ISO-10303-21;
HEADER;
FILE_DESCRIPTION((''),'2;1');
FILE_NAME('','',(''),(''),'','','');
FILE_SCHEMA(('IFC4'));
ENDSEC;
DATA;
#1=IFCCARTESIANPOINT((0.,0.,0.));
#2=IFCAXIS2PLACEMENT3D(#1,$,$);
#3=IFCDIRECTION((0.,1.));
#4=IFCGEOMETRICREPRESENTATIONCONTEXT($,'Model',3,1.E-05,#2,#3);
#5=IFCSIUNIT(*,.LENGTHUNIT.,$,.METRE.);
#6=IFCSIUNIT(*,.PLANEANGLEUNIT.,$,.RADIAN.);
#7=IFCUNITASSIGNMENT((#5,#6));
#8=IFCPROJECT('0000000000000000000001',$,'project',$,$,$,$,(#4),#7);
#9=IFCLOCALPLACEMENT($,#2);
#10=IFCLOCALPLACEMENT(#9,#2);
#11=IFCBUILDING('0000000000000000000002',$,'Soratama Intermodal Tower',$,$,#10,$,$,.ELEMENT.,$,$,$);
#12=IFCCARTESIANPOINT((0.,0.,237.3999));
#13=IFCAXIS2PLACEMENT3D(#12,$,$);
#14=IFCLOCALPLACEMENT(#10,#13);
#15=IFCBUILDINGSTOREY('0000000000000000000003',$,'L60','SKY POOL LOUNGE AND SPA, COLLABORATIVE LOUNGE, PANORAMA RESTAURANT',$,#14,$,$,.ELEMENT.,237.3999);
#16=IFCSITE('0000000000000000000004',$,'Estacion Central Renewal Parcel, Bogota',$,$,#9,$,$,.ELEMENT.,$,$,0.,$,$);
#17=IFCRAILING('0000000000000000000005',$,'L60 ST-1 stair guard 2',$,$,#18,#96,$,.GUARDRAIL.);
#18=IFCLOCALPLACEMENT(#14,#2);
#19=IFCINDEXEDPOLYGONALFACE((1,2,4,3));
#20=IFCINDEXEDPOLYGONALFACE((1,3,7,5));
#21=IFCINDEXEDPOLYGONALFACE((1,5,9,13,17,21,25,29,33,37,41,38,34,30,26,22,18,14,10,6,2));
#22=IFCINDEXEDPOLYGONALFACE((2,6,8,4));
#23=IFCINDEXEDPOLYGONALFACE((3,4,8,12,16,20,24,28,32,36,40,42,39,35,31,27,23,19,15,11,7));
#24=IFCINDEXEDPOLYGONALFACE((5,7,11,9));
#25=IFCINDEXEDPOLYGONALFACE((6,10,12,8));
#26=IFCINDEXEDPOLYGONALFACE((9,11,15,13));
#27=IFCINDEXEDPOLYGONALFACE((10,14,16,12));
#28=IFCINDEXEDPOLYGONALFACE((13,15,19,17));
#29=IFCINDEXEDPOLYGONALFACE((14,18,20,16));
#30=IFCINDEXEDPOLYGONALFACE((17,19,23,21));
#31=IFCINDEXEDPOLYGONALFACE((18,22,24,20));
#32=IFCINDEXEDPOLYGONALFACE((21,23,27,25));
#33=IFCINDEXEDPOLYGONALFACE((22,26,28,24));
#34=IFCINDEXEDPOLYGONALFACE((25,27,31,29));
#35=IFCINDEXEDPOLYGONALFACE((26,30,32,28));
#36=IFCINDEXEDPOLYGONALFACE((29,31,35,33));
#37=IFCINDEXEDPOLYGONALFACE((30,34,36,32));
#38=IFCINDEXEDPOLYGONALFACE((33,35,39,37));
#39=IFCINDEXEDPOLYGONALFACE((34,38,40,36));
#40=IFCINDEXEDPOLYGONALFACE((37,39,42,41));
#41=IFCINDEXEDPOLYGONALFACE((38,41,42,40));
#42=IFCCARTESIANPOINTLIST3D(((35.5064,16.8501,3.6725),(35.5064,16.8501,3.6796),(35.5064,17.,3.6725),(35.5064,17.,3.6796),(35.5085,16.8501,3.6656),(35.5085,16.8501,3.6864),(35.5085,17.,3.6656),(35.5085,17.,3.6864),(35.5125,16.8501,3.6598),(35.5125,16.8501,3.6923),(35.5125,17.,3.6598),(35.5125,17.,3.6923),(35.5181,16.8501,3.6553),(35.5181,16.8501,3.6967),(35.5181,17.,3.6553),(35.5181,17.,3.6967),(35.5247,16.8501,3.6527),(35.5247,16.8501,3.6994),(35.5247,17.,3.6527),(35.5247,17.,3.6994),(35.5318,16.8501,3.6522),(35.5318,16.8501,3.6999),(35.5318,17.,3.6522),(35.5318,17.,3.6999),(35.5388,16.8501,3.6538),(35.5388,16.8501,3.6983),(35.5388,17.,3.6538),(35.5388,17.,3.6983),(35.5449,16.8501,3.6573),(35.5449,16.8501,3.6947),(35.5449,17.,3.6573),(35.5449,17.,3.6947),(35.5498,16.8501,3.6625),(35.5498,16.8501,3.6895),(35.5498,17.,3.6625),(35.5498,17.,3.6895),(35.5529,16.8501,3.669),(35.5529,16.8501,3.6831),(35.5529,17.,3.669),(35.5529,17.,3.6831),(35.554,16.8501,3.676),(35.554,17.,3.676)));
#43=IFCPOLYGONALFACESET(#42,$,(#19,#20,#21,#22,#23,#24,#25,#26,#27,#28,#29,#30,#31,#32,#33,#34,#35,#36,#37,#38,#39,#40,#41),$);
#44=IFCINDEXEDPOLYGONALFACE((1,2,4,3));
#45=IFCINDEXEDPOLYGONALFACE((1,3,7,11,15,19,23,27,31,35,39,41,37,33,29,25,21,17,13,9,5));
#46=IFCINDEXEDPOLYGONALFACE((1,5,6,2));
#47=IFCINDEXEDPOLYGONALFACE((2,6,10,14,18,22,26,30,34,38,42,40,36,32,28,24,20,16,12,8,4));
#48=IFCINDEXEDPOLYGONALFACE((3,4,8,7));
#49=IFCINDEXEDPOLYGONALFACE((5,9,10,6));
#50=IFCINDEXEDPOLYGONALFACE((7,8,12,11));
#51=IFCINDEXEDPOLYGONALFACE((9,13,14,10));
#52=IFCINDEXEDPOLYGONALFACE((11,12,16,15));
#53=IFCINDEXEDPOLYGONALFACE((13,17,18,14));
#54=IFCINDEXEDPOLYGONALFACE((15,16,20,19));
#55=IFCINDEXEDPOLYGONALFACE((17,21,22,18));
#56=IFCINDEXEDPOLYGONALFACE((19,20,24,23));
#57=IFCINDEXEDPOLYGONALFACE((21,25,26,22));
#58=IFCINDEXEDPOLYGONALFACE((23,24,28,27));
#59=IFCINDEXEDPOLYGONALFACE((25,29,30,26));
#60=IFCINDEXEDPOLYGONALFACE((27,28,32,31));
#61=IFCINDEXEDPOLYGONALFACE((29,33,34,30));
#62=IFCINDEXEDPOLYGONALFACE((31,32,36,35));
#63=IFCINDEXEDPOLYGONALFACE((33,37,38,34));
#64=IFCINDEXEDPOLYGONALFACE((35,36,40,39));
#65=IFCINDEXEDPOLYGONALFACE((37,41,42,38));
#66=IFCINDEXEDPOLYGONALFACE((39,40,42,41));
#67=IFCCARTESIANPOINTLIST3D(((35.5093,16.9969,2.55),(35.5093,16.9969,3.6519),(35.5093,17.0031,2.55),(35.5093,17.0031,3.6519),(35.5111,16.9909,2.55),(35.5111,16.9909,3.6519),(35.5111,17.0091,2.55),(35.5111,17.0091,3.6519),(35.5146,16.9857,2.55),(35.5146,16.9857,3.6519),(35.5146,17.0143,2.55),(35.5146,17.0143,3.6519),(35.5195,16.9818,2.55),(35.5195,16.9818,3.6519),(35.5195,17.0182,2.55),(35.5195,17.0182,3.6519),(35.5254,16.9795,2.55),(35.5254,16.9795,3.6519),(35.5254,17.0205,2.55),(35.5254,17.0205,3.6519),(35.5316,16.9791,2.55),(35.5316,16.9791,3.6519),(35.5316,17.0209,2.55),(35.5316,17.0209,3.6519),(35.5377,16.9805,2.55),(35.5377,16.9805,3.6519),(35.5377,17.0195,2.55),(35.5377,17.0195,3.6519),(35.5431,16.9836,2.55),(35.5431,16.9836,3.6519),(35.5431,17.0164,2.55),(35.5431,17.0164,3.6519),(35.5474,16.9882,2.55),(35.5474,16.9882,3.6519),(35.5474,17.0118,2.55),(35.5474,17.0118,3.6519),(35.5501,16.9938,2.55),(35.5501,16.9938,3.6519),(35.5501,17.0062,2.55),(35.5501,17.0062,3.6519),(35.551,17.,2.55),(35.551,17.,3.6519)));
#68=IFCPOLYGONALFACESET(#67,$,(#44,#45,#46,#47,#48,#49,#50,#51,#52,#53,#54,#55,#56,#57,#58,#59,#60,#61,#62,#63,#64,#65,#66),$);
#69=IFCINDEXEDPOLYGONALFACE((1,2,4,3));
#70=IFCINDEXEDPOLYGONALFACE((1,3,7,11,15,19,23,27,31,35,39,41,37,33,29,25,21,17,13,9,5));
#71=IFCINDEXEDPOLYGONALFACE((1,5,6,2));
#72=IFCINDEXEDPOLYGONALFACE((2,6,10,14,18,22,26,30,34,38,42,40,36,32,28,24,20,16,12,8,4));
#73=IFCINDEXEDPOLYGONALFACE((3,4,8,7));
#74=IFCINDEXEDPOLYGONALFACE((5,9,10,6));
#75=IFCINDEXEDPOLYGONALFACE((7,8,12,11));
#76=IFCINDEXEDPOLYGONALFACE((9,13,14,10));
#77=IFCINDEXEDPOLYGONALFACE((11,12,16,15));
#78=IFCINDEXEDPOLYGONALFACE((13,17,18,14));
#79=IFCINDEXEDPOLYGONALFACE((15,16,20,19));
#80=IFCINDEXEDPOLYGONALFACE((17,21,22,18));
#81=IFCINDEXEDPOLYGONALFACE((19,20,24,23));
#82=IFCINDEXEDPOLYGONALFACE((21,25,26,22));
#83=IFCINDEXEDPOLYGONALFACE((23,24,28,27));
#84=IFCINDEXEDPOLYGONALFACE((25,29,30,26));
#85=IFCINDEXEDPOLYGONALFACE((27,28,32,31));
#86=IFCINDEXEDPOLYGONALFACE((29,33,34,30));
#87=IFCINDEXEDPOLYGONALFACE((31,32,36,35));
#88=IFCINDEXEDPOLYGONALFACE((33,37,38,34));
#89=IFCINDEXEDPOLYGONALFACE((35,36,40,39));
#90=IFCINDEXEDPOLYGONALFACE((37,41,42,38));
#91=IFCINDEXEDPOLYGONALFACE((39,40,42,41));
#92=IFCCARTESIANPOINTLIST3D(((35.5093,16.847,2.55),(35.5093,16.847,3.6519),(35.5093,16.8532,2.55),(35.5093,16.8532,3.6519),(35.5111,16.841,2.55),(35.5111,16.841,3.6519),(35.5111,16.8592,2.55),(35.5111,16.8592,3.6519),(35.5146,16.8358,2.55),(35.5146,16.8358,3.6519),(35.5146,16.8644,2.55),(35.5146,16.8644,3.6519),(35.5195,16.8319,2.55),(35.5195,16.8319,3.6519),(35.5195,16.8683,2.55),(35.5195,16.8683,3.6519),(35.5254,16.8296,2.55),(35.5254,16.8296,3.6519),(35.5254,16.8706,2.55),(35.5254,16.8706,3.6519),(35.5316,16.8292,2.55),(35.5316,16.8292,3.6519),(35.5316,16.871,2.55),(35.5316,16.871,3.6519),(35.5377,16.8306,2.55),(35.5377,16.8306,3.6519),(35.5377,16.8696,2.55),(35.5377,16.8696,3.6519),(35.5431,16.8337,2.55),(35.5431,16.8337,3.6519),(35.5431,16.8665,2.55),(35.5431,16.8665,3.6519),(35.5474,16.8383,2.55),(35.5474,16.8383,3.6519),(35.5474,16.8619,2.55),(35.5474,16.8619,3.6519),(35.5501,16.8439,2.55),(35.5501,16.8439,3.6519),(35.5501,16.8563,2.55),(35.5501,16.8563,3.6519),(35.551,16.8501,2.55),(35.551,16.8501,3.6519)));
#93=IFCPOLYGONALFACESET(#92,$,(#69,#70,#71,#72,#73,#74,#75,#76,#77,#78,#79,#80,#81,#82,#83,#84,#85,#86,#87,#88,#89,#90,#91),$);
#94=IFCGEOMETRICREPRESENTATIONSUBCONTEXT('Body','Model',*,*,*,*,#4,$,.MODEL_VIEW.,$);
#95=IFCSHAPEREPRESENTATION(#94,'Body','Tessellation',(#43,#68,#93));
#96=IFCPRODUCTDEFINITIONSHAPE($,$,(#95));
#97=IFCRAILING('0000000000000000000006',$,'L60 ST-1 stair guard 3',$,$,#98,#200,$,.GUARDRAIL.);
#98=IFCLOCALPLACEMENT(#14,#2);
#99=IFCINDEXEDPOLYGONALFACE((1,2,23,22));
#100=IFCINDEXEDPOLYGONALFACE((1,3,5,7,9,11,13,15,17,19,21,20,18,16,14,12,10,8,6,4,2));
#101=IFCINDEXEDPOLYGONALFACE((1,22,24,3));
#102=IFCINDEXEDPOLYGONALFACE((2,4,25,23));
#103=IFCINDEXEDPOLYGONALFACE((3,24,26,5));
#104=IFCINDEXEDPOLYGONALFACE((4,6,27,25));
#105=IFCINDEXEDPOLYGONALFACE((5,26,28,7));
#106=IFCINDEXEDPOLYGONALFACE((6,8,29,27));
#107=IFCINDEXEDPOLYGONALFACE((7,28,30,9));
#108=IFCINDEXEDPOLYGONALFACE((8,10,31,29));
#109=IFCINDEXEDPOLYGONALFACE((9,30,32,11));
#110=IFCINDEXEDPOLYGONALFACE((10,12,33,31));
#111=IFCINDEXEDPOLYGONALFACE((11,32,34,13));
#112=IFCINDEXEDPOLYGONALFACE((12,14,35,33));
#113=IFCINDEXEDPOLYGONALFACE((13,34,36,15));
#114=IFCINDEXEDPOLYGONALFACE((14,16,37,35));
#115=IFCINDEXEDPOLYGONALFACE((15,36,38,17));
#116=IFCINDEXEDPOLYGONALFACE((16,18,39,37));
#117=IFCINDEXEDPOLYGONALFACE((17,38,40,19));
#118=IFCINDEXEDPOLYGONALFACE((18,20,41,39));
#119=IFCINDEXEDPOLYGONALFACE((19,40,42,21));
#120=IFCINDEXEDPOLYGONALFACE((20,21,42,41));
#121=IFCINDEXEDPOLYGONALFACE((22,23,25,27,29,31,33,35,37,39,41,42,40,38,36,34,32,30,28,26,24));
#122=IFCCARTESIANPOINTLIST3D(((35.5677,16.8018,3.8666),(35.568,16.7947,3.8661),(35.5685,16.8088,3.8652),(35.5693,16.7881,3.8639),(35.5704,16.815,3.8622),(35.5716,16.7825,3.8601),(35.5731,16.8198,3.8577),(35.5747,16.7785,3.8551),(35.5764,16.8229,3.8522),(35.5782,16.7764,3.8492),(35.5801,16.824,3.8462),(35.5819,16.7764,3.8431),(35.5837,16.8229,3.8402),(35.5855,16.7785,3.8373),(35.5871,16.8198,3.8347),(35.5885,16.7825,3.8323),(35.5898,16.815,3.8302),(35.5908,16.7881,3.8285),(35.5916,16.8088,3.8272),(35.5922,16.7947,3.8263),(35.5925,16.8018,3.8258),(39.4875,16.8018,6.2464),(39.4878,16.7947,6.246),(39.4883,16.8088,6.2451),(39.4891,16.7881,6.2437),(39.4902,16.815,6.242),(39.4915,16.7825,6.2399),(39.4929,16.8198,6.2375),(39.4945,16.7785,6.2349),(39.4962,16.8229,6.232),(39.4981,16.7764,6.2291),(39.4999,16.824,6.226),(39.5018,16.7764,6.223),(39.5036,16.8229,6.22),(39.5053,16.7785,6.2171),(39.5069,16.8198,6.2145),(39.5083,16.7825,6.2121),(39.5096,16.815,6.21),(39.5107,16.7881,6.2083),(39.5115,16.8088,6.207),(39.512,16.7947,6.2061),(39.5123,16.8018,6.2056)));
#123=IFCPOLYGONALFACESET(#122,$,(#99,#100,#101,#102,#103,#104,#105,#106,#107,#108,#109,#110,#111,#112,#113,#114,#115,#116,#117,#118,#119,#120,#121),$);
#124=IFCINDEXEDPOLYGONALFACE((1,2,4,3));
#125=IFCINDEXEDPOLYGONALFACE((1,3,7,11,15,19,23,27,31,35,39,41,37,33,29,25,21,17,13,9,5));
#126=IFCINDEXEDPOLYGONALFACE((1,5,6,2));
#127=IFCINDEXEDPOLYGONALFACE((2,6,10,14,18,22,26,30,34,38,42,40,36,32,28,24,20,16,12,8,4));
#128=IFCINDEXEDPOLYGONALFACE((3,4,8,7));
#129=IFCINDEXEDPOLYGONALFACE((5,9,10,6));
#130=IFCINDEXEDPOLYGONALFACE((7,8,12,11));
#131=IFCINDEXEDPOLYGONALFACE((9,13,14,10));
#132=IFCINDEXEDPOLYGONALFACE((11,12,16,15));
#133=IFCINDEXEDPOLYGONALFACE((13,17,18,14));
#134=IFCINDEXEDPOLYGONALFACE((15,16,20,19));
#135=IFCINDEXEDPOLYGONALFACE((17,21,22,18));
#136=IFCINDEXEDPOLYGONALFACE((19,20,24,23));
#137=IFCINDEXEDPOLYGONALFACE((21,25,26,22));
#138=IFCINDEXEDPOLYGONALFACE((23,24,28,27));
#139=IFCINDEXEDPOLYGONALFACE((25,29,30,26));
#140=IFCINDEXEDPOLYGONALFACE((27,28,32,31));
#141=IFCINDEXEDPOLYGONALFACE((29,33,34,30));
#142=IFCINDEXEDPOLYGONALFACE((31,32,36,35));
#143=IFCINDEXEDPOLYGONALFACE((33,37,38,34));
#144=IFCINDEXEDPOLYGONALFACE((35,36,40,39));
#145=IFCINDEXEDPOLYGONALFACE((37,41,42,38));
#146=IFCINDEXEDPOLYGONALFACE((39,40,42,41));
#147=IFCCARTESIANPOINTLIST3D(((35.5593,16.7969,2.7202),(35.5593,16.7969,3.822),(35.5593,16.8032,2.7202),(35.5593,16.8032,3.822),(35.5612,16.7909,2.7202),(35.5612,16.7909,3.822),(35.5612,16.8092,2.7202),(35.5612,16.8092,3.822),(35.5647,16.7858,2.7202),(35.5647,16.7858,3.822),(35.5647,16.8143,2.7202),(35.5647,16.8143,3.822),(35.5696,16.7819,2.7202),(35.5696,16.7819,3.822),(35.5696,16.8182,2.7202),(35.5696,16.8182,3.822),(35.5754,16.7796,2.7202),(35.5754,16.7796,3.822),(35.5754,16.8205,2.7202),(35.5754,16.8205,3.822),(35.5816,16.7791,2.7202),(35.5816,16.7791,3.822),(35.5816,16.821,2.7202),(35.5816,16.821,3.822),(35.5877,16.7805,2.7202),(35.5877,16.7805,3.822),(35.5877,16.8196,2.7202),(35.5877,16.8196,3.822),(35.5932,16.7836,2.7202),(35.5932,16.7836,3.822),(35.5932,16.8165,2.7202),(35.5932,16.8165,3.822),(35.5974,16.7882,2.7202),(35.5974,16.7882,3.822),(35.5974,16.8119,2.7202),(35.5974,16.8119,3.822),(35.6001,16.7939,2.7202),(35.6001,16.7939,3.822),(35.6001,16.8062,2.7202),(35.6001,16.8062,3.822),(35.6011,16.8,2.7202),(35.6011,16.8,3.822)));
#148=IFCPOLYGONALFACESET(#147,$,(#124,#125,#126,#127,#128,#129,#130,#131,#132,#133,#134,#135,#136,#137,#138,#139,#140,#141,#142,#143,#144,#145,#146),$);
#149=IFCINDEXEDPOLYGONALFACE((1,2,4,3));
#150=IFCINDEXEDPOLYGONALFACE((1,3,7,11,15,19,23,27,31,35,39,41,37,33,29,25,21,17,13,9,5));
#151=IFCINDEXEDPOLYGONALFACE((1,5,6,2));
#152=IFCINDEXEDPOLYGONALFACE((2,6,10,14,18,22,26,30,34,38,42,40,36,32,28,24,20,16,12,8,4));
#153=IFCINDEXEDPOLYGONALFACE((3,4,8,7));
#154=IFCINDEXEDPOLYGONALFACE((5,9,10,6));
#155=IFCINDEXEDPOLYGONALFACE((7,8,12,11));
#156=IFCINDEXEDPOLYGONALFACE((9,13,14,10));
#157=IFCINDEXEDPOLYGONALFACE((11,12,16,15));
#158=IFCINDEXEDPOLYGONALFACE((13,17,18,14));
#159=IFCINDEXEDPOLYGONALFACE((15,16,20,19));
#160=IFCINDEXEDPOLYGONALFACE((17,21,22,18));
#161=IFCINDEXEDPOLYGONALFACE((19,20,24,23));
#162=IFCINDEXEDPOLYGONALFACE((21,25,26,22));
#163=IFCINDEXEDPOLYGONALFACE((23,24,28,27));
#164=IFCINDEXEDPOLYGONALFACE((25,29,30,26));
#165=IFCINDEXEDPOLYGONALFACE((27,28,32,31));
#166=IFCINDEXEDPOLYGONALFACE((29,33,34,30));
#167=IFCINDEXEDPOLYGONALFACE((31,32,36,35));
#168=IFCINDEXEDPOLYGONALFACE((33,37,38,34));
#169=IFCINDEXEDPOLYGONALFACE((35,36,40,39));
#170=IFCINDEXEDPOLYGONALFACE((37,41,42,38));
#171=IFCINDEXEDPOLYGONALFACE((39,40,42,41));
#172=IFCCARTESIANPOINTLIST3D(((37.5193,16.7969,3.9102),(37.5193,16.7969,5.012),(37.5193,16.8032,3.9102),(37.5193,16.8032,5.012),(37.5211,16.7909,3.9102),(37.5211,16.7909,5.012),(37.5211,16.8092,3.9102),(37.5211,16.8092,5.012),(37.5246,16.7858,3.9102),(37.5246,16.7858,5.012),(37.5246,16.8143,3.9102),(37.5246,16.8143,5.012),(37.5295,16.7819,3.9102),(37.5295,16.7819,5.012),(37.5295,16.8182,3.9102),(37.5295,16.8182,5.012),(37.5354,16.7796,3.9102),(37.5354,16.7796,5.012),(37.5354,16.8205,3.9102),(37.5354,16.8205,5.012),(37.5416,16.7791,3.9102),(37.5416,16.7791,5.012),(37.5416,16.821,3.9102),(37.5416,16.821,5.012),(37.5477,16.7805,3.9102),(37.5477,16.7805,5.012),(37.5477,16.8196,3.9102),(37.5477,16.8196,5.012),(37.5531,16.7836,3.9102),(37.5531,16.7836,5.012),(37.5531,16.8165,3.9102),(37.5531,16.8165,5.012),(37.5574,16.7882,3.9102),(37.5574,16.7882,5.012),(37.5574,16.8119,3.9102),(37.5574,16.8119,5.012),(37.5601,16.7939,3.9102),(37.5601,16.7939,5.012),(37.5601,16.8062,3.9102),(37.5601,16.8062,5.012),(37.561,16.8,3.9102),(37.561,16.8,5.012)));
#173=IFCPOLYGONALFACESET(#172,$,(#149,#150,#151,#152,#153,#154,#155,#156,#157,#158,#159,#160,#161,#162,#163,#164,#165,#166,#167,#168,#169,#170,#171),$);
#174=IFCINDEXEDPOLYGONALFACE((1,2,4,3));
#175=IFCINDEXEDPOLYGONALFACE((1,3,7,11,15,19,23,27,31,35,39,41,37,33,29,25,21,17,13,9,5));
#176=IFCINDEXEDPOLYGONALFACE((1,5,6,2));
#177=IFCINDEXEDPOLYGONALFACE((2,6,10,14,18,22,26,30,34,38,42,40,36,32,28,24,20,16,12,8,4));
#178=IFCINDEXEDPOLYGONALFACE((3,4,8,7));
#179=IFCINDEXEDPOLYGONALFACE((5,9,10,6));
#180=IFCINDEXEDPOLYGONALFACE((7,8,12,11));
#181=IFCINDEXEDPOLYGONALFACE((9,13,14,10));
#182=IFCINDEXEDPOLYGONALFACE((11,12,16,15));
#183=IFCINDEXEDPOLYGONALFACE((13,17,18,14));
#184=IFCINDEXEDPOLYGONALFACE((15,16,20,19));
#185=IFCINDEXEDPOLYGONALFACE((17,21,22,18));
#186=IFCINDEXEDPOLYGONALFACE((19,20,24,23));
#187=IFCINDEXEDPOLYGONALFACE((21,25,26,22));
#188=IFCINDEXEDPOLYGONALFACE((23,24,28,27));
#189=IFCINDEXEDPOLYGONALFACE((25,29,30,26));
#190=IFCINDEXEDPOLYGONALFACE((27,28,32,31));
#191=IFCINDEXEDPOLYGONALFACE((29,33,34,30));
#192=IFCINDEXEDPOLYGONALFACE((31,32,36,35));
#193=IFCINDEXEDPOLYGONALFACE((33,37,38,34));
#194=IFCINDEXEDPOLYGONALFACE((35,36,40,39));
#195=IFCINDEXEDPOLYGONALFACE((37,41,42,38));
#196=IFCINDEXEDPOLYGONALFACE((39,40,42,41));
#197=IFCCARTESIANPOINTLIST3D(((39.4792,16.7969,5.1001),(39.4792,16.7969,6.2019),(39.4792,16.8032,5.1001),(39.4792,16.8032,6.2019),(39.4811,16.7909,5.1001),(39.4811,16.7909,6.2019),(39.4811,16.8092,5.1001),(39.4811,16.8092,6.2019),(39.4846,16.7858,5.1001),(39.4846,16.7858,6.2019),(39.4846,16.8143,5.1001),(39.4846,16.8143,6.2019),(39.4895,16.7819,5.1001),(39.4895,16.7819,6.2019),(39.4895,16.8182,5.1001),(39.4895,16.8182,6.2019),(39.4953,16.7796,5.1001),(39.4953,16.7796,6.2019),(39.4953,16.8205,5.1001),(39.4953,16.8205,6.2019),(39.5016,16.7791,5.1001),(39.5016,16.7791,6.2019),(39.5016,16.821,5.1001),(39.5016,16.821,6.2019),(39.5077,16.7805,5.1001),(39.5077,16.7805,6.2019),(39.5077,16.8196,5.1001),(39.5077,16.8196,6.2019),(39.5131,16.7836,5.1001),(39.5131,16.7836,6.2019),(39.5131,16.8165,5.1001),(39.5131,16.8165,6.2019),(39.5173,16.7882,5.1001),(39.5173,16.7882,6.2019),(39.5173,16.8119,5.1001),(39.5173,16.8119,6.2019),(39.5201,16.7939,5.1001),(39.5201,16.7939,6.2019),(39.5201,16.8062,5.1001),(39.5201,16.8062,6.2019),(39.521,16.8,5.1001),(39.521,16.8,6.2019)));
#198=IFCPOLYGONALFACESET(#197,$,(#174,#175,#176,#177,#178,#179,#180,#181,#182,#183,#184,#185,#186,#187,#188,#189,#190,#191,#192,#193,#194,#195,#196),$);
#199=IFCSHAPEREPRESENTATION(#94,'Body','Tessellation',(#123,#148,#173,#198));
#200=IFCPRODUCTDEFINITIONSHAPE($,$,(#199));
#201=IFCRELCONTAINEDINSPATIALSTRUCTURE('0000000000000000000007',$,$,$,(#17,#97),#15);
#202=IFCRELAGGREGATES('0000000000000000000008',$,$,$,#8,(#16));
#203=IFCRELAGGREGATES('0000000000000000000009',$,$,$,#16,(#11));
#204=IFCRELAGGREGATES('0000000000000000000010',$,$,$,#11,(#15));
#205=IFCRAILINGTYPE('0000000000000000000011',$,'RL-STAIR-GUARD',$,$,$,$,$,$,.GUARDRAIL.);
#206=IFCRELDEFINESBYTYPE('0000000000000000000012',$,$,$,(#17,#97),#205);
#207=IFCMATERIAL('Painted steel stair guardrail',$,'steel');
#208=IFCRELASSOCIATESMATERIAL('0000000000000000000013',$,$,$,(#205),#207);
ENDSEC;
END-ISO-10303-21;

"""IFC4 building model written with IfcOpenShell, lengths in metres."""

from ifc_helpers import new_model, si_unit, direction, frame, origin, origin_2d, place, context, subcontext, project, spatial, circle, extrude, material, type_object, element, save


model = new_model("IFC4")

# Units and contexts
model_context = context("Model", 3, precision=1e-05, world=origin(), true_north=direction((0.0, 1.0)))
body_context = subcontext(model_context, "Body", "Model", "MODEL_VIEW")
ifc_project = project(units=[si_unit("LENGTHUNIT", "METRE"), si_unit("PLANEANGLEUNIT", "RADIAN")], contexts=[model_context])

# Site, building, storey
site_placement = place(None, origin())
site = spatial("IfcSite", under=ifc_project, at=site_placement, Name="Estacion Central Renewal Parcel, Bogota", CompositionType="ELEMENT", RefElevation=0.0)
building_placement = place(site_placement, origin())
building = spatial("IfcBuilding", under=site, at=building_placement, Name="Soratama Intermodal Tower", CompositionType="ELEMENT")
storey_placement = place(building_placement, frame((0.0, 0.0, 237.3999)))
storey = spatial("IfcBuildingStorey", under=building, at=storey_placement, Name="L60", Description="SKY POOL LOUNGE AND SPA, COLLABORATIVE LOUNGE, PANORAMA RESTAURANT", CompositionType="ELEMENT", Elevation=237.3999)

# Railings
ifc_material_1 = material(Name="Painted steel stair guardrail", Category="steel")
railing_type_1 = type_object("IfcRailingType", Name="RL-STAIR-GUARD", PredefinedType="GUARDRAIL", material=ifc_material_1)
railing_1_placement = place(storey_placement, frame((35.53, 17.0, 2.55)))
element("IfcRailing", 1, at=railing_1_placement, inside=storey, type_object=railing_type_1, Name="L60 ST-1 stair guard 2", PredefinedType="GUARDRAIL", context=body_context, shape_type="SweptSolid", body=[
    extrude(circle(Radius=0.0239, at=origin_2d()), frame((0.0, 0.0, 1.126), z_axis=(0.0, -1.0, 0.0), x_axis=(1.0, 0.0, 0.0)), (0.0, 0.0, 1.0), 0.1499),
    extrude(circle(Radius=0.021, at=origin_2d()), origin(), (0.0, 0.0, 1.0), 1.1018),
    extrude(circle(Radius=0.021, at=origin_2d()), frame((0.0, -0.1499, 0.0)), (0.0, 0.0, 1.0), 1.1018),
])
railing_2_placement = place(storey_placement, frame((35.5801, 16.8, 2.7202)))
element("IfcRailing", 2, at=railing_2_placement, inside=storey, type_object=railing_type_1, Name="L60 ST-1 stair guard 3", PredefinedType="GUARDRAIL", context=body_context, shape_type="SweptSolid", body=[
    extrude(circle(Radius=0.0239, at=origin_2d()), frame((0.0, 0.0, 1.126), z_axis=(0.854794, 0.0, 0.518967), x_axis=(0.0, 1.0, 0.0)), (0.0, 0.0, 1.0), 4.5857),
    extrude(circle(Radius=0.021, at=origin_2d()), origin(), (0.0, 0.0, 1.0), 1.1018),
    extrude(circle(Radius=0.021, at=origin_2d()), frame((1.96, 0.0, 1.1899)), (0.0, 0.0, 1.0), 1.1018),
    extrude(circle(Radius=0.021, at=origin_2d()), frame((3.9199, 0.0, 2.3799)), (0.0, 0.0, 1.0), 1.1018),
])

save(model, "model.ifc")
